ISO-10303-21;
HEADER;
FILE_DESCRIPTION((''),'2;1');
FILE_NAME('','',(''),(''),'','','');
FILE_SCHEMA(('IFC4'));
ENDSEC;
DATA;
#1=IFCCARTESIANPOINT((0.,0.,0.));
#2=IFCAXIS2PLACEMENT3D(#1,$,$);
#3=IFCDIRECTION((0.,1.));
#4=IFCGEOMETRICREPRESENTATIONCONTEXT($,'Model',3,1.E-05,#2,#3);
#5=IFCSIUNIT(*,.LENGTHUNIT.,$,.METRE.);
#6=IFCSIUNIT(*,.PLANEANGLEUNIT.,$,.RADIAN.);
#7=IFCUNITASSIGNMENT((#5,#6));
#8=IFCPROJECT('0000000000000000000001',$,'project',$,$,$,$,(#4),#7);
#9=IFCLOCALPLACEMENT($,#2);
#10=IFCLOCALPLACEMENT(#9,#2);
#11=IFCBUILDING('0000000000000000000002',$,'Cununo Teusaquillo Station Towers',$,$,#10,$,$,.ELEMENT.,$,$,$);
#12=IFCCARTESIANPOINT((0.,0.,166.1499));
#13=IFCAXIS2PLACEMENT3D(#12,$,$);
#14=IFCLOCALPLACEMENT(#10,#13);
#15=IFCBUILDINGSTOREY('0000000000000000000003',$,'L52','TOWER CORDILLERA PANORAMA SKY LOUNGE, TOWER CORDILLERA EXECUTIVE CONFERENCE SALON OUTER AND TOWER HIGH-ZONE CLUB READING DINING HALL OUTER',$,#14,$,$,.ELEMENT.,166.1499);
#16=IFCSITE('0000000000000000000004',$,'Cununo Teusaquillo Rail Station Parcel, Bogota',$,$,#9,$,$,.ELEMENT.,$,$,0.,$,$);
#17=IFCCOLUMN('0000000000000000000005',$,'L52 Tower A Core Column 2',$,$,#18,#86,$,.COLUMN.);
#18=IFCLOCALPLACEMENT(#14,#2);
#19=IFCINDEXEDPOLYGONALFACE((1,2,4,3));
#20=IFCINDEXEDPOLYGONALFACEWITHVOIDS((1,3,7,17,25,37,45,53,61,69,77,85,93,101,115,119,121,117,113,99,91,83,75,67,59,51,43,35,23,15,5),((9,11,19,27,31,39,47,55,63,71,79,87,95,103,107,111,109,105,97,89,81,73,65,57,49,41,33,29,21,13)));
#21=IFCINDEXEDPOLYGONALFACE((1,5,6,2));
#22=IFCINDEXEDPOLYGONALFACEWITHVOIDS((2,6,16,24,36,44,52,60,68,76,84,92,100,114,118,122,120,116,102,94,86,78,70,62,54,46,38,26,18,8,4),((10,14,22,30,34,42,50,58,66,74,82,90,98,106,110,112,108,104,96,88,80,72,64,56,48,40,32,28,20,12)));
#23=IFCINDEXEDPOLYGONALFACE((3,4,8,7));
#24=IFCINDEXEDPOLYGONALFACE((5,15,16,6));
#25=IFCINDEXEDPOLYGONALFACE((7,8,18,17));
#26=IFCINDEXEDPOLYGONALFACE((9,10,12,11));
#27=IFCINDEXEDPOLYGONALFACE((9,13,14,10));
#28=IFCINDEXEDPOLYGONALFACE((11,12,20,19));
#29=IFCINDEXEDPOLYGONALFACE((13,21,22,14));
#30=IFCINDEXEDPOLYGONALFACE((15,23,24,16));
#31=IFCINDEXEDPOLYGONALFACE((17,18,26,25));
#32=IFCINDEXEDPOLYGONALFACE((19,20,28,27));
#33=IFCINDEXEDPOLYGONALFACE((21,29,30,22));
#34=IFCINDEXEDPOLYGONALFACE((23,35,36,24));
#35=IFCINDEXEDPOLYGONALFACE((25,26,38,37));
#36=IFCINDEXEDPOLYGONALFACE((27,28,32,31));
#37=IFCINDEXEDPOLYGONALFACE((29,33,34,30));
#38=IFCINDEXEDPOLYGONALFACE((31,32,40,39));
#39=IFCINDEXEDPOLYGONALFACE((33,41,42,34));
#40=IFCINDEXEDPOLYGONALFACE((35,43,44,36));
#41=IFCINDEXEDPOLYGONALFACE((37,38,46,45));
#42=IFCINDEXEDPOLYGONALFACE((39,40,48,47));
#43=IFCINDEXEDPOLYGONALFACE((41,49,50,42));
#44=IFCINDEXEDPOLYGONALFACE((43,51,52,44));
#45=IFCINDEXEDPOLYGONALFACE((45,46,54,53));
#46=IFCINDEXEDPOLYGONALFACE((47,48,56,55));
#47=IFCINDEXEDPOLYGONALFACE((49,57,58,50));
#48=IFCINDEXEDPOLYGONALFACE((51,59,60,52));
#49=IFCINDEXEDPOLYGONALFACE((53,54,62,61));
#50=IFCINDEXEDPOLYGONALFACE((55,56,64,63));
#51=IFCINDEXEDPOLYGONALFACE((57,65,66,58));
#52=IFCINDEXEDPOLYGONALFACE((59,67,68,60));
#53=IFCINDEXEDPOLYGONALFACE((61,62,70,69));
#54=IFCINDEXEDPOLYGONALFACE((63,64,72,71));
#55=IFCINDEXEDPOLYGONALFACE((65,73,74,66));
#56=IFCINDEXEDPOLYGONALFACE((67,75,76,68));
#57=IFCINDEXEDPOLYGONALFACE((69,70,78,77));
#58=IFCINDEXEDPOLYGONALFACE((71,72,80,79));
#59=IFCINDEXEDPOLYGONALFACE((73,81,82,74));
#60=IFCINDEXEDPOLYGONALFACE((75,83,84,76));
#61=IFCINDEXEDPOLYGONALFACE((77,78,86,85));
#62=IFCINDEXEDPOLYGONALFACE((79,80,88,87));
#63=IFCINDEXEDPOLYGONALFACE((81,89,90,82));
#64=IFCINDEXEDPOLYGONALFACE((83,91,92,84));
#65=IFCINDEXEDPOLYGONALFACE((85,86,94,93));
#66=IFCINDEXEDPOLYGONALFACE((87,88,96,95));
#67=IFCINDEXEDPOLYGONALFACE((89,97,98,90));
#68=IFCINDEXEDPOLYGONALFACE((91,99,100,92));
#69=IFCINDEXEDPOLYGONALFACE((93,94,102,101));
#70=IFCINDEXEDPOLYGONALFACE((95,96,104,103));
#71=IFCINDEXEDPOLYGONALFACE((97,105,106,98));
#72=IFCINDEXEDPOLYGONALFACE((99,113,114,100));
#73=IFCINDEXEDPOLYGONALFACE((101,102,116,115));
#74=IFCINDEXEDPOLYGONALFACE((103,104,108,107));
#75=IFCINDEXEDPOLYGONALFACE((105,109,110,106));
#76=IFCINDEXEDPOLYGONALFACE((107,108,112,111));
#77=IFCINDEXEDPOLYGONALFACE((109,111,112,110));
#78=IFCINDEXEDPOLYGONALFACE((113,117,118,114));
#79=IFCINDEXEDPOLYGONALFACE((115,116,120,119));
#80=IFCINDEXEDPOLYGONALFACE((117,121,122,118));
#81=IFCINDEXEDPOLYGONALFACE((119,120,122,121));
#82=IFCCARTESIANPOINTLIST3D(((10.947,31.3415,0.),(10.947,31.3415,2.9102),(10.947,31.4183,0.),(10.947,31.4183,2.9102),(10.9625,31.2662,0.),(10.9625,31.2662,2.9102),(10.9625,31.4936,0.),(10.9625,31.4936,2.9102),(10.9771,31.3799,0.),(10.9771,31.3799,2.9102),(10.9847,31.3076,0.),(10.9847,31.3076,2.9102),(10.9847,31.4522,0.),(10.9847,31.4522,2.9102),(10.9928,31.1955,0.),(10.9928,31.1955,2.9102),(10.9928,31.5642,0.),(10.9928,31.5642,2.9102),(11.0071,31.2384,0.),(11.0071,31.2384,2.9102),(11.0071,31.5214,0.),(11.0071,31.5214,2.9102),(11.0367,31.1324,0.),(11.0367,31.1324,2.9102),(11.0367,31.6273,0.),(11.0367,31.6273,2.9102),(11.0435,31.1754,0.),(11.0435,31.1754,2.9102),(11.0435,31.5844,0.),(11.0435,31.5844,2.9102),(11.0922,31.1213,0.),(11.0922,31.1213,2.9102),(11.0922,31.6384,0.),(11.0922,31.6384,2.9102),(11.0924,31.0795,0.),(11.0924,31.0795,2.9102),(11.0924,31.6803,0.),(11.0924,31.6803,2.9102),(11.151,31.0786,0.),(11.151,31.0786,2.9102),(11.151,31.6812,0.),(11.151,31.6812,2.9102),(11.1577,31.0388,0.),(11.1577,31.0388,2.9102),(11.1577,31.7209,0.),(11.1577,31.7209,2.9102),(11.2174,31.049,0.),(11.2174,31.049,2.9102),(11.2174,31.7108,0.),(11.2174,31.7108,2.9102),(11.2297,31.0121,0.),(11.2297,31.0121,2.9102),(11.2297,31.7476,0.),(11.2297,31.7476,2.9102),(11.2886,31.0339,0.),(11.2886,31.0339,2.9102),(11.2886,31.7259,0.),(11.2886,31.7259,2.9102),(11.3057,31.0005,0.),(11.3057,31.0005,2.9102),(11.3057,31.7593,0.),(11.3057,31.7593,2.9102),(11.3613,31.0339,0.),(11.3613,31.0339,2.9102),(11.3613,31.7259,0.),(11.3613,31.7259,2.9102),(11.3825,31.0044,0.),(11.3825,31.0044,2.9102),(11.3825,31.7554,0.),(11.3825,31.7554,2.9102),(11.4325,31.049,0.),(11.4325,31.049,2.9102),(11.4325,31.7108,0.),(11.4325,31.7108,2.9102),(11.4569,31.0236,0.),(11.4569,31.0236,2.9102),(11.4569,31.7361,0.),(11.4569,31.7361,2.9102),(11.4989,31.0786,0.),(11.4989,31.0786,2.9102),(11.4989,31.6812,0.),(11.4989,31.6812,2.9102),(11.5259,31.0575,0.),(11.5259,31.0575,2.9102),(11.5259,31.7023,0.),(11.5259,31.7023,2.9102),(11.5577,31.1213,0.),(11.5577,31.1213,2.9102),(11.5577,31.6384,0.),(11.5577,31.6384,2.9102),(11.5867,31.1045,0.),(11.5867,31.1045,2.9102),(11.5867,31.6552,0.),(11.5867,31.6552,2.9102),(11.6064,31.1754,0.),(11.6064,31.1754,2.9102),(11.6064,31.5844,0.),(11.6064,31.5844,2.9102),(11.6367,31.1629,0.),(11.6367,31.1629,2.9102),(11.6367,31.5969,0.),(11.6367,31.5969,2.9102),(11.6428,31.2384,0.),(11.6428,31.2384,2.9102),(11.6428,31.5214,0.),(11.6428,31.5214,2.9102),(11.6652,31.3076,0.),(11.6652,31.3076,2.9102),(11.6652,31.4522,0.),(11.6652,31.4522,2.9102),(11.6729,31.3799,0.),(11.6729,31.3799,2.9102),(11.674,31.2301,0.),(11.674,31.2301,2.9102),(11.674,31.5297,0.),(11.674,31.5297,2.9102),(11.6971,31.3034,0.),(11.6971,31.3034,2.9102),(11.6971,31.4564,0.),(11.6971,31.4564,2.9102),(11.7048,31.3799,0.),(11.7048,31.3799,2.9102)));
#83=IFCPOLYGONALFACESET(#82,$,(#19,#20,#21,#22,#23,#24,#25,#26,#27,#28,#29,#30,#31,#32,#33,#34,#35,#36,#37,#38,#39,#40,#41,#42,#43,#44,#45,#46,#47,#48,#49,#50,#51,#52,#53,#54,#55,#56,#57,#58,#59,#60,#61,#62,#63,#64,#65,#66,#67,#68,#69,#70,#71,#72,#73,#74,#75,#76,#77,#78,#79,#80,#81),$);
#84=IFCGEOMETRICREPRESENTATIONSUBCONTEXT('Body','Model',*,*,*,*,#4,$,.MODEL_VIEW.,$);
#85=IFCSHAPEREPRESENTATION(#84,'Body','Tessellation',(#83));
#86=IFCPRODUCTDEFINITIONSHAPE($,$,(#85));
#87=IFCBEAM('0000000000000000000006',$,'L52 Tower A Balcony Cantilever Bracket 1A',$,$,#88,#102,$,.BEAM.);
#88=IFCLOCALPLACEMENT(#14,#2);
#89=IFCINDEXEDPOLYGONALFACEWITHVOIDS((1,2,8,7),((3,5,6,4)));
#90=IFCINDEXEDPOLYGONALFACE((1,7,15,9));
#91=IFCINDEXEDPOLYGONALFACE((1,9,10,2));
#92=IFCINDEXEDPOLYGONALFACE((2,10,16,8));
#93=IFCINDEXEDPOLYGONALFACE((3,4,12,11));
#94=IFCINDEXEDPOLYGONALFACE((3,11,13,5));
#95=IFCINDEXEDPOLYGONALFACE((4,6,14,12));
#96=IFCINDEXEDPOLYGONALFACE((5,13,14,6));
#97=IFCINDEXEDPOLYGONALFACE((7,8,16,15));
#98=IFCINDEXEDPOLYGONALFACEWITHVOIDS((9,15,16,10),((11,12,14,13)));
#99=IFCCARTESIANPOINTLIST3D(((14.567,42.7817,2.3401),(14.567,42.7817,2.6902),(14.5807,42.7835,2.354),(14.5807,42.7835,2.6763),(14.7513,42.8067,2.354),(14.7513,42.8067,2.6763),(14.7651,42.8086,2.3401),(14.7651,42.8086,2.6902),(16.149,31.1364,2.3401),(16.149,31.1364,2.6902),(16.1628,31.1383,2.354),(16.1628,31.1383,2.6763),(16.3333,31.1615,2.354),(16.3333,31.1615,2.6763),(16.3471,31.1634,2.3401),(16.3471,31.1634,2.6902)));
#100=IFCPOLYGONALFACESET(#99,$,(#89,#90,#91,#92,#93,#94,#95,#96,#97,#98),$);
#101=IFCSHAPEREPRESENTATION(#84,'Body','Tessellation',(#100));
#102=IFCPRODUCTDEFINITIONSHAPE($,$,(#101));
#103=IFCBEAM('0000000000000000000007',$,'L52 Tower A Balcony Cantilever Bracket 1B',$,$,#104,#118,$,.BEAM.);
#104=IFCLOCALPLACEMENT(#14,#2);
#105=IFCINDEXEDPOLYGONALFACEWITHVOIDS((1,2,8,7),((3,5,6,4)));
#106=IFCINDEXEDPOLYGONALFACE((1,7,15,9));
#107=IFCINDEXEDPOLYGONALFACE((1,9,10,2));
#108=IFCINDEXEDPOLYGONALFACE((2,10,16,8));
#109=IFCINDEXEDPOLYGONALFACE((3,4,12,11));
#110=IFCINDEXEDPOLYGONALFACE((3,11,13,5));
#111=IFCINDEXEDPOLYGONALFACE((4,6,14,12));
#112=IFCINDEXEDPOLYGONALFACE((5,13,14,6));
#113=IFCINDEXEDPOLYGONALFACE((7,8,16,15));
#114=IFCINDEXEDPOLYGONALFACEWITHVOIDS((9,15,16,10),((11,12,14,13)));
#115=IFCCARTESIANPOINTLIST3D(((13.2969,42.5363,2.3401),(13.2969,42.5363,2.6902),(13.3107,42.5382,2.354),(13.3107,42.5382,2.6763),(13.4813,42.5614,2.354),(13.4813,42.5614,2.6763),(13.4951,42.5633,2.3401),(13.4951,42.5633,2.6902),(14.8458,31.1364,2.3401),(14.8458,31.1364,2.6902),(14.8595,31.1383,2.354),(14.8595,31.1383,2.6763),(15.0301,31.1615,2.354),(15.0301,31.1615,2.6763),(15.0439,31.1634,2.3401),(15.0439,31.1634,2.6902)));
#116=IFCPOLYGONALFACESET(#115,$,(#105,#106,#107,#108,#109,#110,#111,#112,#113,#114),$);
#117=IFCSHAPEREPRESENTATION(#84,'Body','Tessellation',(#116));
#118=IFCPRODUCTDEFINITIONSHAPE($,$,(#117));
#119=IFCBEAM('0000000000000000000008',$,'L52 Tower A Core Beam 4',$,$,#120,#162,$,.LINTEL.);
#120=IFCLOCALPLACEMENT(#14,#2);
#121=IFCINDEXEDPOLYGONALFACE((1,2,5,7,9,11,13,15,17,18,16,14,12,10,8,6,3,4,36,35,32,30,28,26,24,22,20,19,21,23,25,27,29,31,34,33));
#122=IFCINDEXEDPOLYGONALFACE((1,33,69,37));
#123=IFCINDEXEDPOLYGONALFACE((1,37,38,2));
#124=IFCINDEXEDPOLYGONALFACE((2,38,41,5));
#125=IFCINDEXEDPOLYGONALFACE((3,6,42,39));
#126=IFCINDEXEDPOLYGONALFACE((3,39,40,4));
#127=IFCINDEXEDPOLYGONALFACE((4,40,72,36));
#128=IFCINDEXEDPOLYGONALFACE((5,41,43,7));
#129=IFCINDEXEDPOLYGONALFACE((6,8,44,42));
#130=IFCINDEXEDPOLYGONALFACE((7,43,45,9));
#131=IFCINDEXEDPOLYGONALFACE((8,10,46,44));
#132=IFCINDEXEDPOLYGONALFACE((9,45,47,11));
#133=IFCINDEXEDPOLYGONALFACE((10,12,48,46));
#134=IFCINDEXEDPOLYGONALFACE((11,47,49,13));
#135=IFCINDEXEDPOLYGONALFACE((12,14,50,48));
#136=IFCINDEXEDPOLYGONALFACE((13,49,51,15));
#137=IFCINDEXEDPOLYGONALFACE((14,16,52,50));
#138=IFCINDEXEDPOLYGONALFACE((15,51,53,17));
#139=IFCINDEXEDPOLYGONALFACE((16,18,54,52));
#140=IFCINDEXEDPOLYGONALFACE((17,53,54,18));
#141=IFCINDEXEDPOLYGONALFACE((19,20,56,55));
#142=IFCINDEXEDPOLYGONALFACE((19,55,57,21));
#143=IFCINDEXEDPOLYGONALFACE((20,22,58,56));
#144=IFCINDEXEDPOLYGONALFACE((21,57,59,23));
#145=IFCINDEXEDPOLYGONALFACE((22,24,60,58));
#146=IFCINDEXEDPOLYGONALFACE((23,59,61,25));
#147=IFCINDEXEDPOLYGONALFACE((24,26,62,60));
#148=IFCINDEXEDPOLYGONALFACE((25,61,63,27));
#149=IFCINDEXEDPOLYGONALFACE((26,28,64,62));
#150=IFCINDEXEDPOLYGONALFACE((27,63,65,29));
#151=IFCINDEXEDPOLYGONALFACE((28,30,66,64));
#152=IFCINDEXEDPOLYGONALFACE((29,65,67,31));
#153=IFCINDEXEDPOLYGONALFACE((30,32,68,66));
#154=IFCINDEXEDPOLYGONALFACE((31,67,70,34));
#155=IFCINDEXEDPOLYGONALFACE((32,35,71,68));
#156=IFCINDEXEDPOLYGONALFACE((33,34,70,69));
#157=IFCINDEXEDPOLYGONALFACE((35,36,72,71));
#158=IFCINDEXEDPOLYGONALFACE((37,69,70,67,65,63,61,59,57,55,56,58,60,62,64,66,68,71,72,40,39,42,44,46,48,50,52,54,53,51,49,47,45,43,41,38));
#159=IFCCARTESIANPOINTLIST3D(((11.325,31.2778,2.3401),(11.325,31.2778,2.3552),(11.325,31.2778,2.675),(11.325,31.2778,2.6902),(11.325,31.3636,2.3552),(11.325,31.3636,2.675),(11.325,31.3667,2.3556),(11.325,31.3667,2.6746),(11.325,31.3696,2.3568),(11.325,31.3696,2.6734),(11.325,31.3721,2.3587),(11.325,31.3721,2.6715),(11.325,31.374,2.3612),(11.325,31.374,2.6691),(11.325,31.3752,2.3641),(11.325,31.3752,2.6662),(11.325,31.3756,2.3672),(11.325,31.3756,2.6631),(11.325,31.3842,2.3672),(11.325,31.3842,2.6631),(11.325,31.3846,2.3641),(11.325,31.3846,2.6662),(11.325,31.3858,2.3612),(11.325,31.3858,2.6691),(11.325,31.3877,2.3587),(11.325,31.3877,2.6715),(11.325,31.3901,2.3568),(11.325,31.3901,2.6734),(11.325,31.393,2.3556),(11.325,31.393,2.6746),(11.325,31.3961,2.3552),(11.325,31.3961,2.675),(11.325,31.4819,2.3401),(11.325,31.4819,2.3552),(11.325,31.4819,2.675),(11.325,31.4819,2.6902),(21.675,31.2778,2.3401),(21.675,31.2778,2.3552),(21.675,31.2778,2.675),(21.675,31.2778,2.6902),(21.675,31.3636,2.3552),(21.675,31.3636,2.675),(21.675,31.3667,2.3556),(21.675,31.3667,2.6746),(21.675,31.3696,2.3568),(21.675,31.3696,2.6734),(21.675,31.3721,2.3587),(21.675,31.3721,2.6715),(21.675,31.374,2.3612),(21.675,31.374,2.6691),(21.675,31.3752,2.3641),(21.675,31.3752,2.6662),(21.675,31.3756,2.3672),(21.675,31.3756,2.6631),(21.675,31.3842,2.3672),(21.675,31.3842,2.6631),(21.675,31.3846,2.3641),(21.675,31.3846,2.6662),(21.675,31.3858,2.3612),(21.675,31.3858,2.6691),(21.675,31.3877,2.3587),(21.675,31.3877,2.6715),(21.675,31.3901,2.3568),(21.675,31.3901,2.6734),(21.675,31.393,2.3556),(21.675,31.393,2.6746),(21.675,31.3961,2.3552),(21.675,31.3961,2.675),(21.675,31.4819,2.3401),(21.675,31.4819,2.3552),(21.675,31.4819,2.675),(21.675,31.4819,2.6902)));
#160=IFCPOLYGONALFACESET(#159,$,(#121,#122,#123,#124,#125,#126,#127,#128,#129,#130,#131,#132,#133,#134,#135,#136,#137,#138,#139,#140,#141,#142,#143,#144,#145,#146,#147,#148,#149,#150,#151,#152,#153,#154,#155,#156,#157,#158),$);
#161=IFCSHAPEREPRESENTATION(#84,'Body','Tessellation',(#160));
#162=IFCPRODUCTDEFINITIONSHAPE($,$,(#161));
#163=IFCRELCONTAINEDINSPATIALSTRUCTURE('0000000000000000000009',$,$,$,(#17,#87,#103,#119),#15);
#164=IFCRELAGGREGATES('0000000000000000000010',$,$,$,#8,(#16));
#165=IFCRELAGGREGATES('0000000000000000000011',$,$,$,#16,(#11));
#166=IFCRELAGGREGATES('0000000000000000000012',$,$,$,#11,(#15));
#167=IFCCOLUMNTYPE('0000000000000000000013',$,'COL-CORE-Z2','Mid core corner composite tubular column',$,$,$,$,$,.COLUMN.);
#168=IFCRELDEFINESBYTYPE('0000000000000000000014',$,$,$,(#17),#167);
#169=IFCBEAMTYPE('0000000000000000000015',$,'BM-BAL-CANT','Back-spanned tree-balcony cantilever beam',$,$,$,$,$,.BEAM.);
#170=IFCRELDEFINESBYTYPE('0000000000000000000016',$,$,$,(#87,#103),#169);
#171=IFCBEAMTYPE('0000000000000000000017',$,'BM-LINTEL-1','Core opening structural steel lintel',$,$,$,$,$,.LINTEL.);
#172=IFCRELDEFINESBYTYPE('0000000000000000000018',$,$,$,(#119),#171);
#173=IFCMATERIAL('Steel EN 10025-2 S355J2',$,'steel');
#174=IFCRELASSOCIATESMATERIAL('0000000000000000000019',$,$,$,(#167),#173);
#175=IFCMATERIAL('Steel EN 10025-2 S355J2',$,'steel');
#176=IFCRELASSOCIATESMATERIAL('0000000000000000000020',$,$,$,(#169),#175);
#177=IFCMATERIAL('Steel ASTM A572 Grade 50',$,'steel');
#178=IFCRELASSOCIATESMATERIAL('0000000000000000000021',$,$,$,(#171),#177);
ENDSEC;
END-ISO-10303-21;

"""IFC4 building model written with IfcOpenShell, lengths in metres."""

from ifc_helpers import new_model, si_unit, direction, frame, origin, origin_2d, place, context, subcontext, project, spatial, hollow_rectangle, hollow_circle, i_section, extrude, material, material_profile, profile_set, type_object, element, save


model = new_model("IFC4")

# Units and contexts
model_context = context("Model", 3, precision=1e-05, world=origin(), true_north=direction((0.0, 1.0)))
body_context = subcontext(model_context, "Body", "Model", "MODEL_VIEW")
ifc_project = project(units=[si_unit("LENGTHUNIT", "METRE"), si_unit("PLANEANGLEUNIT", "RADIAN")], contexts=[model_context])

# Site, building, storey
site_placement = place(None, origin())
site = spatial("IfcSite", under=ifc_project, at=site_placement, Name="Cununo Teusaquillo Rail Station Parcel, Bogota", CompositionType="ELEMENT", RefElevation=0.0)
building_placement = place(site_placement, origin())
building = spatial("IfcBuilding", under=site, at=building_placement, Name="Cununo Teusaquillo Station Towers", CompositionType="ELEMENT")
storey_placement = place(building_placement, frame((0.0, 0.0, 166.1499)))
storey = spatial("IfcBuildingStorey", under=building, at=storey_placement, Name="L52", Description="TOWER CORDILLERA PANORAMA SKY LOUNGE, TOWER CORDILLERA EXECUTIVE CONFERENCE SALON OUTER AND TOWER HIGH-ZONE CLUB READING DINING HALL OUTER", CompositionType="ELEMENT", Elevation=166.1499)

# Column
ifc_material_1 = material(Name="Steel EN 10025-2 S355J2", Category="steel")
ifc_material_profile_1 = material_profile(ifc_material_1, hollow_circle(Radius=0.3799, WallThickness=0.032, at=origin_2d()), Name="CHS 760x32")
ifc_profile_set_1 = profile_set([ifc_material_profile_1], Name="Steel EN 10025-2 S355J2")
column_type = type_object("IfcColumnType", Name="COL-CORE-Z2", Description="Mid core corner composite tubular column", PredefinedType="COLUMN", material=ifc_profile_set_1)
column_placement = place(storey_placement, frame((11.325, 31.3799, 0.0), z_axis=(0.0, 0.0, 1.0), x_axis=(1.0, 0.0, 0.0)))
element("IfcColumn", 1, at=column_placement, inside=storey, type_object=column_type, Name="L52 Tower A Core Column 2", PredefinedType="COLUMN", context=body_context, shape_type="SweptSolid", body=[
    extrude(hollow_circle(Radius=0.3799, WallThickness=0.032, at=origin_2d()), origin(), (0.0, 0.0, 1.0), 2.9102),
])

# Beams
ifc_material_2 = material(Name="Steel EN 10025-2 S355J2", Category="steel")
ifc_material_profile_2 = material_profile(ifc_material_2, hollow_rectangle(XDim=0.2, YDim=0.3501, WallThickness=0.0139, at=origin_2d()), Name="RHS 350x200x14")
ifc_profile_set_2 = profile_set([ifc_material_profile_2], Name="Steel EN 10025-2 S355J2")
beam_type_1 = type_object("IfcBeamType", Name="BM-BAL-CANT", Description="Back-spanned tree-balcony cantilever beam", PredefinedType="BEAM", material=ifc_profile_set_2)
beam_1_placement = place(storey_placement, frame((16.248, 31.1499, 2.5151), z_axis=(-0.134615, 0.990898, 0.0), x_axis=(-0.990898, -0.134615, 0.0)))
element("IfcBeam", 2, at=beam_1_placement, inside=storey, type_object=beam_type_1, Name="L52 Tower A Balcony Cantilever Bracket 1A", PredefinedType="BEAM", context=body_context, shape_type="SweptSolid", body=[
    extrude(hollow_rectangle(XDim=0.2, YDim=0.3501, WallThickness=0.0139, at=origin_2d()), origin(), (0.0, 0.0, 1.0), 11.7522),
])
beam_2_placement = place(storey_placement, frame((14.9448, 31.1499, 2.5151), z_axis=(-0.134626, 0.990896, 0.0), x_axis=(-0.990896, -0.134626, 0.0)))
element("IfcBeam", 3, at=beam_2_placement, inside=storey, type_object=beam_type_1, Name="L52 Tower A Balcony Cantilever Bracket 1B", PredefinedType="BEAM", context=body_context, shape_type="SweptSolid", body=[
    extrude(hollow_rectangle(XDim=0.2, YDim=0.3501, WallThickness=0.0139, at=origin_2d()), origin(), (0.0, 0.0, 1.0), 11.5046),
])
ifc_material_3 = material(Name="Steel ASTM A572 Grade 50", Category="steel")
ifc_material_profile_3 = material_profile(ifc_material_3, i_section(OverallWidth=0.2041, OverallDepth=0.3501, WebThickness=0.0085, FlangeThickness=0.0151, FilletRadius=0.012, at=origin_2d()), Name="W14X48")
ifc_profile_set_3 = profile_set([ifc_material_profile_3], Name="Steel ASTM A572 Grade 50")
beam_type_2 = type_object("IfcBeamType", Name="BM-LINTEL-1", Description="Core opening structural steel lintel", PredefinedType="LINTEL", material=ifc_profile_set_3)
beam_3_placement = place(storey_placement, frame((11.325, 31.3799, 2.5151), z_axis=(1.0, 0.0, 0.0), x_axis=(0.0, 1.0, 0.0)))
element("IfcBeam", 4, at=beam_3_placement, inside=storey, type_object=beam_type_2, Name="L52 Tower A Core Beam 4", PredefinedType="LINTEL", context=body_context, shape_type="SweptSolid", body=[
    extrude(i_section(OverallWidth=0.2041, OverallDepth=0.3501, WebThickness=0.0085, FlangeThickness=0.0151, FilletRadius=0.012, at=origin_2d()), origin(), (0.0, 0.0, 1.0), 10.3501),
])

save(model, "model.ifc")
